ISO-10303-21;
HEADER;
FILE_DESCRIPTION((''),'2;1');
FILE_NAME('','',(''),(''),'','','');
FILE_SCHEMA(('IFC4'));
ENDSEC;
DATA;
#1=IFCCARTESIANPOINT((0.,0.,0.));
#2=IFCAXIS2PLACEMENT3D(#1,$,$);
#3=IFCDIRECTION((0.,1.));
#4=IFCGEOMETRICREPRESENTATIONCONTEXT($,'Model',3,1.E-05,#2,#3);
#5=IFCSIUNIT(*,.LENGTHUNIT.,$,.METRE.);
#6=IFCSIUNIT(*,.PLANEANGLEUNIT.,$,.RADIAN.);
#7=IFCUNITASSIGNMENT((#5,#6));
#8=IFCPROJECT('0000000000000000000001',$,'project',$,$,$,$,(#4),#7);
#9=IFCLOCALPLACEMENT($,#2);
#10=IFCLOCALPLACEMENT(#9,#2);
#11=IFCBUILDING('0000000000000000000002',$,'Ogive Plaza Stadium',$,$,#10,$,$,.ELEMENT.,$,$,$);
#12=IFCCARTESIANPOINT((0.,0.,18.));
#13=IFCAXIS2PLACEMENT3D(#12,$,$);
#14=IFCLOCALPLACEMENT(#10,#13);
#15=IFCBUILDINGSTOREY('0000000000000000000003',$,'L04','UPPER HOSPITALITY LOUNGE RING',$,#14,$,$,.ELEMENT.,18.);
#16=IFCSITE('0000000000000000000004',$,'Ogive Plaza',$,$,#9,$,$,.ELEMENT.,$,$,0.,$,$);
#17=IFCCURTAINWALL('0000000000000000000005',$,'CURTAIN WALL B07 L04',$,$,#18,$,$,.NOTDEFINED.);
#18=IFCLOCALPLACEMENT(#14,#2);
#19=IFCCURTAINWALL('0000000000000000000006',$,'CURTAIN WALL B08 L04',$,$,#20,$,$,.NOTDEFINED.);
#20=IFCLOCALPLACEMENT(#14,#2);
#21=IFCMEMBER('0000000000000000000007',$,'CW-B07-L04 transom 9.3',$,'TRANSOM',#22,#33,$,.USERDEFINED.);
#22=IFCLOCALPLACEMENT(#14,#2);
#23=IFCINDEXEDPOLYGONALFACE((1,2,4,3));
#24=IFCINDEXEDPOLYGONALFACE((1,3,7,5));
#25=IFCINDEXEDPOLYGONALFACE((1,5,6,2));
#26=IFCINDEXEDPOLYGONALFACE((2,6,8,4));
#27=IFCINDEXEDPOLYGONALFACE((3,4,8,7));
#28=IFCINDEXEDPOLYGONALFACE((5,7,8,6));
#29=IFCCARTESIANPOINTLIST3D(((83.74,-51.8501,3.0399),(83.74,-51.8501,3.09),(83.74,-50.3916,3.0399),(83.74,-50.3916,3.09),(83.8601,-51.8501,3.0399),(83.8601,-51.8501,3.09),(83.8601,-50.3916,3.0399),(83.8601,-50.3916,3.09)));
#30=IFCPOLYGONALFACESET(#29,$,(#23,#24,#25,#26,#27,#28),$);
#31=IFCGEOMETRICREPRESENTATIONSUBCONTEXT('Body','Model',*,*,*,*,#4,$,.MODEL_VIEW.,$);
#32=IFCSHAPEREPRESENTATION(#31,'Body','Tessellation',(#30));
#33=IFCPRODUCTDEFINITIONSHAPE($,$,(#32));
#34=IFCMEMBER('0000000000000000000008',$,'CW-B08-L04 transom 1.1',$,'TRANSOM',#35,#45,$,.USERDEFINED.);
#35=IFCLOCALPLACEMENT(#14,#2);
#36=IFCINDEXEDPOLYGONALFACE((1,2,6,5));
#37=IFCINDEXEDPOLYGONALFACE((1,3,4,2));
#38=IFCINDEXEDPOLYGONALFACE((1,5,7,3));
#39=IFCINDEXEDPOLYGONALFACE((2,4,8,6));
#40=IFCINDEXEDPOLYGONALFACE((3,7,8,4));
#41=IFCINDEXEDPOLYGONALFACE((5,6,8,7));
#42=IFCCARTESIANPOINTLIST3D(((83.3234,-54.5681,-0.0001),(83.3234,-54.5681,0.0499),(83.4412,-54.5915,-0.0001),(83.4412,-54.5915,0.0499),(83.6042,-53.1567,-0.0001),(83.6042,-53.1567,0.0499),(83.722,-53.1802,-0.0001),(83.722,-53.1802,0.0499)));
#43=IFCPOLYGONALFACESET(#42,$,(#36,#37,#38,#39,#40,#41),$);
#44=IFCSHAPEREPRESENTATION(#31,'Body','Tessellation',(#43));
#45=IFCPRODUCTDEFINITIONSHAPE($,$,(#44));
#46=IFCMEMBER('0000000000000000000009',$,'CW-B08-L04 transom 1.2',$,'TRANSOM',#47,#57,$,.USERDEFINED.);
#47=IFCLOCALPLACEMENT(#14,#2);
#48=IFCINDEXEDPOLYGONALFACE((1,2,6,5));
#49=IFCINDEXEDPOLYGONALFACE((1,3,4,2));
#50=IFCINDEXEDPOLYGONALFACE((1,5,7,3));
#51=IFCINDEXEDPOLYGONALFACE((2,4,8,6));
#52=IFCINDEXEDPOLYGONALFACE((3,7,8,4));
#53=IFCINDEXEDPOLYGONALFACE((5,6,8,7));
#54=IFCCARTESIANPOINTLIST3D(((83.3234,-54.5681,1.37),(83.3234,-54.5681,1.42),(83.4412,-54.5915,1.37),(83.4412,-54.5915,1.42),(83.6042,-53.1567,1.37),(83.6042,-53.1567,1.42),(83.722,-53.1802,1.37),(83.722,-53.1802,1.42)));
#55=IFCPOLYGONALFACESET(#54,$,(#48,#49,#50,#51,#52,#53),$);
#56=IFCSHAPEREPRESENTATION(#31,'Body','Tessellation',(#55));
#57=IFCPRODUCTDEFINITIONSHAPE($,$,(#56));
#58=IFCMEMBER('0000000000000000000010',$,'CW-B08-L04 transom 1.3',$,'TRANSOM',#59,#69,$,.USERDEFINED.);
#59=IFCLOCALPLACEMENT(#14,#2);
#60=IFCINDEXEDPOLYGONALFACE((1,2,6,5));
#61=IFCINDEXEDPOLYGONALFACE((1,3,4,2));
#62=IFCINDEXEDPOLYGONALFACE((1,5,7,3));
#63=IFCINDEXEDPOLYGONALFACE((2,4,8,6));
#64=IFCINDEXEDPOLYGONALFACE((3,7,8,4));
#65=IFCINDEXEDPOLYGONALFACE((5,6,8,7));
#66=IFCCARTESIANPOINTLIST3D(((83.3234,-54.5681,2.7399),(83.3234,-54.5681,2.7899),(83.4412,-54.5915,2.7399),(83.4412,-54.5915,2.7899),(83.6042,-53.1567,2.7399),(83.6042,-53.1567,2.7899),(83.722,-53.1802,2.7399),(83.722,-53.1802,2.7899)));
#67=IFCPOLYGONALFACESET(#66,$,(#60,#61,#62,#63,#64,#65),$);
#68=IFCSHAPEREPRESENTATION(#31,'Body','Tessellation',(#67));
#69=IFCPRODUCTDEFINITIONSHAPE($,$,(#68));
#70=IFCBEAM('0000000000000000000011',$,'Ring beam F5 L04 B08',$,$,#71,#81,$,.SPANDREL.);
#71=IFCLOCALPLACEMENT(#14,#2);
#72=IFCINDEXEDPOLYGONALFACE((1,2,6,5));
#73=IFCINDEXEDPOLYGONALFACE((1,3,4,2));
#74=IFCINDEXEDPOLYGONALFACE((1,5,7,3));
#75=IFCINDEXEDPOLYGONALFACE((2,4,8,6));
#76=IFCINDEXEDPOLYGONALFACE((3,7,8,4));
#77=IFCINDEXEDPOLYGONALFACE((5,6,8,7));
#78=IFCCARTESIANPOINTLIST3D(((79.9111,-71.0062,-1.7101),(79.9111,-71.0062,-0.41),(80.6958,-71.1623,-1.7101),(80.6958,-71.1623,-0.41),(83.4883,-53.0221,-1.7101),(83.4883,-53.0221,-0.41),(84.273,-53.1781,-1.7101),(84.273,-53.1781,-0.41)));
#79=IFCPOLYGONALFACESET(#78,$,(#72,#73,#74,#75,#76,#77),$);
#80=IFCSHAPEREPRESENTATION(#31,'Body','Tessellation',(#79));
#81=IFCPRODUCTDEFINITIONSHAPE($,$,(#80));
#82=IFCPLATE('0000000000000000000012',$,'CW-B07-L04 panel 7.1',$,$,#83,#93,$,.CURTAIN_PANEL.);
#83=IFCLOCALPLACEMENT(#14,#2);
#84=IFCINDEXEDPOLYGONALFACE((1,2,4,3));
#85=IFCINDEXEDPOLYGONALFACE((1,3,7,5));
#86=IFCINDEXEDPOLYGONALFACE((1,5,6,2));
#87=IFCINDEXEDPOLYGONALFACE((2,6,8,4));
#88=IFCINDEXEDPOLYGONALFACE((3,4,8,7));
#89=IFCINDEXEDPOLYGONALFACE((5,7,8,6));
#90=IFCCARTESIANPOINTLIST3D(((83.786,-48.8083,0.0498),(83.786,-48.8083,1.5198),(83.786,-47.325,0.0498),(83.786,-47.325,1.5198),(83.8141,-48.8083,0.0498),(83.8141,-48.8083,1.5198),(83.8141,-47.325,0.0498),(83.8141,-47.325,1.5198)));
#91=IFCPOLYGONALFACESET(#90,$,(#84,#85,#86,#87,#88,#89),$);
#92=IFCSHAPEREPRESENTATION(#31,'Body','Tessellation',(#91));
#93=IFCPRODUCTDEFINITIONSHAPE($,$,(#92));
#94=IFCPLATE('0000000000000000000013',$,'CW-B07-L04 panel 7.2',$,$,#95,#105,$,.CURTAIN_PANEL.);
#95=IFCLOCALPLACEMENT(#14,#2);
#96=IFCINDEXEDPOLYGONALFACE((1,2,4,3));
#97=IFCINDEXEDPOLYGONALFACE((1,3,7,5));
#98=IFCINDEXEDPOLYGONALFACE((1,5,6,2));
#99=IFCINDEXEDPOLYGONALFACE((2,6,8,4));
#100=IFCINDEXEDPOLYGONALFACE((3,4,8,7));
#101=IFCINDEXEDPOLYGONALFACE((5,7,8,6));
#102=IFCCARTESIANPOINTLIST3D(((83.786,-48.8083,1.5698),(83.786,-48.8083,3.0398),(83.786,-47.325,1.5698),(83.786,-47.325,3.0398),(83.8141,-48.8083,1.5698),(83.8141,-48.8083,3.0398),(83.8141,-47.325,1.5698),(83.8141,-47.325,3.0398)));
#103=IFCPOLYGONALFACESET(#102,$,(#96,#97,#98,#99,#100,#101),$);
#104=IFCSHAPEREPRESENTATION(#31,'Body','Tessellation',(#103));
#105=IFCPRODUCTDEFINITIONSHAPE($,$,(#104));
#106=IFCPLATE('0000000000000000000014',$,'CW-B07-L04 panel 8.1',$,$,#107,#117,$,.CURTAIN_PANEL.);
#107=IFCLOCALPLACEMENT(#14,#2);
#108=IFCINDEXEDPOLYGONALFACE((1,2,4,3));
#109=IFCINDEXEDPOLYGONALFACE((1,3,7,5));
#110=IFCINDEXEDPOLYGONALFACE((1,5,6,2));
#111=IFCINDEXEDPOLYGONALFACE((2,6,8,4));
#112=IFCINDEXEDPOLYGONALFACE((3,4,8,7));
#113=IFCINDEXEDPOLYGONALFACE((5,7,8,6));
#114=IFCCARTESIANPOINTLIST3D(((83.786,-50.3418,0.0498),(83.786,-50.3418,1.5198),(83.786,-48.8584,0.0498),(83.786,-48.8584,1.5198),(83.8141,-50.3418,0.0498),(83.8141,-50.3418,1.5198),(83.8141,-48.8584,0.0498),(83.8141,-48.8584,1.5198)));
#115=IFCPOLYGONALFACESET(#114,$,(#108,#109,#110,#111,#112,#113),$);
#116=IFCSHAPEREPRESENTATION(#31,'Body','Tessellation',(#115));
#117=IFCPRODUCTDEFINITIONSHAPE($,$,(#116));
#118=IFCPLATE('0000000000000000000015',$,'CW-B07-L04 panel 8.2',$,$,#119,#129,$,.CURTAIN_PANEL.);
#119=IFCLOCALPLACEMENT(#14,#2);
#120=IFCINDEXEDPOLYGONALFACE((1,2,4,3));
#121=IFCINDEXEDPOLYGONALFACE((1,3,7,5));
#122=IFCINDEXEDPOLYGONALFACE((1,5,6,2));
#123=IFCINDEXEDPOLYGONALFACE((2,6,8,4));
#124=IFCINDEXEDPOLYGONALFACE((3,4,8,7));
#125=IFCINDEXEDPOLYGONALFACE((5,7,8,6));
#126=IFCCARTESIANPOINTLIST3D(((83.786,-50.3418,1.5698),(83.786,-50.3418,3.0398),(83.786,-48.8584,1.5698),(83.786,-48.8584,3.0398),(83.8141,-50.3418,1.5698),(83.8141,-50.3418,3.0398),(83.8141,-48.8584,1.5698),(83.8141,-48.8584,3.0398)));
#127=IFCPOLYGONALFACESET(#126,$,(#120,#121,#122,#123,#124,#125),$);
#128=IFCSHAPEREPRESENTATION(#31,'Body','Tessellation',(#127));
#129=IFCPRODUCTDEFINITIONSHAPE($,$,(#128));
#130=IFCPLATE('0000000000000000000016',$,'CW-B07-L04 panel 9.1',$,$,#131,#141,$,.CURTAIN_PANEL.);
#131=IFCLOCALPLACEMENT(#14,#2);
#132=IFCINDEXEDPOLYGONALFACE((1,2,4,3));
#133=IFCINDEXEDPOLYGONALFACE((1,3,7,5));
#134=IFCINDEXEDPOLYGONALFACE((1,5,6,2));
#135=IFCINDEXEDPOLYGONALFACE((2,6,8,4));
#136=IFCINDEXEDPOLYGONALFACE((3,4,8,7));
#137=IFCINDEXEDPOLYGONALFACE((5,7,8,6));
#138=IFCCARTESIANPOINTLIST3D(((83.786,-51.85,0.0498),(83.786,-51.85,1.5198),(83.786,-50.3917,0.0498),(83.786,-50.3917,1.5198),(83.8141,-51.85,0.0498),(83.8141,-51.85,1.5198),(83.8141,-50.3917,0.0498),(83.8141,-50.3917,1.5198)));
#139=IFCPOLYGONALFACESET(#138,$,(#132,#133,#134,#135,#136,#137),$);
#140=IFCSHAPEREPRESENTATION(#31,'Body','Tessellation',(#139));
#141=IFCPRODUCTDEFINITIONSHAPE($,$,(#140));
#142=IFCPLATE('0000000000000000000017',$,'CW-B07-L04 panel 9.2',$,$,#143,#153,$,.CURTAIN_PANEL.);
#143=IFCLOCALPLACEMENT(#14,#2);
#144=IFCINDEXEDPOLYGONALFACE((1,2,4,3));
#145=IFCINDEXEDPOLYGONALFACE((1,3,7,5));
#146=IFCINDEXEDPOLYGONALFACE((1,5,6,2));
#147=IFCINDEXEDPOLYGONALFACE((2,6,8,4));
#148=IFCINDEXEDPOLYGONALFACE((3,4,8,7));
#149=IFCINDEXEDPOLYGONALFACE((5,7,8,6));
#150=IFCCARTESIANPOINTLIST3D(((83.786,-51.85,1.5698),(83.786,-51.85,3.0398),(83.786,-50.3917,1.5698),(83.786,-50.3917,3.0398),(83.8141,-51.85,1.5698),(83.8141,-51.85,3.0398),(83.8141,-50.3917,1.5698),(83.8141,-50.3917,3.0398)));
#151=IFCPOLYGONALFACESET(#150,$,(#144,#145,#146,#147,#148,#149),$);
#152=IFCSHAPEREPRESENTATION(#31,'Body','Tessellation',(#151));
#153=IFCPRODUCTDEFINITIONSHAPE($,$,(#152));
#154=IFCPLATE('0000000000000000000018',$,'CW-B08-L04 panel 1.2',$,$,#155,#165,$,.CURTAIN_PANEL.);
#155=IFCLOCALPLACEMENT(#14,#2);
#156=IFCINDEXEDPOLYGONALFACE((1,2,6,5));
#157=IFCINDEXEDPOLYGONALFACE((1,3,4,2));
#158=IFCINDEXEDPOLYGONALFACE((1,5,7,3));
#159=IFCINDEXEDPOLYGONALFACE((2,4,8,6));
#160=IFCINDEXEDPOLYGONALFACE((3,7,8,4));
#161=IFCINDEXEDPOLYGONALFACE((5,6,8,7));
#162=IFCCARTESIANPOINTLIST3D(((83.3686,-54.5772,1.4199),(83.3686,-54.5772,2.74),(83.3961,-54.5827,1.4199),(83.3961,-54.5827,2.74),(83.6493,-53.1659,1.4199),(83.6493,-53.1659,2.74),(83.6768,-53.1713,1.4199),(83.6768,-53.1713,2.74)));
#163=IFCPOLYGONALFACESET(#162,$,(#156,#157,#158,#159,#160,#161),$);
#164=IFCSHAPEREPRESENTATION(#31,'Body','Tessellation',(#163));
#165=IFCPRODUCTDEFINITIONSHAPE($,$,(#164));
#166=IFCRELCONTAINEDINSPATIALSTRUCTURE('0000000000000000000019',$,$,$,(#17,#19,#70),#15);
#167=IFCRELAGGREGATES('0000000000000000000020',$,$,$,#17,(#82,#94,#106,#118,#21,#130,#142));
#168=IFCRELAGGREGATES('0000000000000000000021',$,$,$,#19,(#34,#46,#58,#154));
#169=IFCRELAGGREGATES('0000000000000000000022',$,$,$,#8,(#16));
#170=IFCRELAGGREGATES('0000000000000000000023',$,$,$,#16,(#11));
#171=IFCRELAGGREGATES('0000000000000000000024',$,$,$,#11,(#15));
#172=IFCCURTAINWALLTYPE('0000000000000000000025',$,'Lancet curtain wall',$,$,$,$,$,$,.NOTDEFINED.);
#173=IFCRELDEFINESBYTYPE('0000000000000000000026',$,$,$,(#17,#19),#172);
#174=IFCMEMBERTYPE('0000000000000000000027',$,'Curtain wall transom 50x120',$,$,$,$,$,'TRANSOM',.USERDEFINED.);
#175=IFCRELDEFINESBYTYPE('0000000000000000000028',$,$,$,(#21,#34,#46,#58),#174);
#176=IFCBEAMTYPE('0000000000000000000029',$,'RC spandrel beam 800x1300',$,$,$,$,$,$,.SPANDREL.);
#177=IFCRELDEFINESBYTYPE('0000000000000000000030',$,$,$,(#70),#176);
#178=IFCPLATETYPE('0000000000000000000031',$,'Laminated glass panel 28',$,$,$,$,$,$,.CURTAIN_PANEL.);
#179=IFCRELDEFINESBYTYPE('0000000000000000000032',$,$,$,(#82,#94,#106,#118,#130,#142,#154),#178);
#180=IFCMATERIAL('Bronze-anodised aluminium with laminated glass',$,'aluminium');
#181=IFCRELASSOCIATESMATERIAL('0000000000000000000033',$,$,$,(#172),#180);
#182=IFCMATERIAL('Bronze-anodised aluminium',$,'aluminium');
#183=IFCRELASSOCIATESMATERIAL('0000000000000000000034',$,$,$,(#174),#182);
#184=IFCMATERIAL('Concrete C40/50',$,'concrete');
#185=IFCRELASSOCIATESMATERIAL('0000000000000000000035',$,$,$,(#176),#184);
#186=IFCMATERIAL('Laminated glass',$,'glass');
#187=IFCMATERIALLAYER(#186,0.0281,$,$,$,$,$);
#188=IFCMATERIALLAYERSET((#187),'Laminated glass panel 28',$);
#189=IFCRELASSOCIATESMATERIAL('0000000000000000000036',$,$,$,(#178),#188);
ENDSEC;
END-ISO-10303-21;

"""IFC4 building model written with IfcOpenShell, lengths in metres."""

from ifc_helpers import new_model, si_unit, direction, frame, origin, origin_2d, place, context, subcontext, project, spatial, rectangle, extrude, material, layer, layer_set, material_profile, profile_set, type_object, element, aggregate, save


model = new_model("IFC4")

# Units and contexts
model_context = context("Model", 3, precision=1e-05, world=origin(), true_north=direction((0.0, 1.0)))
body_context = subcontext(model_context, "Body", "Model", "MODEL_VIEW")
ifc_project = project(units=[si_unit("LENGTHUNIT", "METRE"), si_unit("PLANEANGLEUNIT", "RADIAN")], contexts=[model_context])

# Site, building, storey
site_placement = place(None, origin())
site = spatial("IfcSite", under=ifc_project, at=site_placement, Name="Ogive Plaza", CompositionType="ELEMENT", RefElevation=0.0)
building_placement = place(site_placement, origin())
building = spatial("IfcBuilding", under=site, at=building_placement, Name="Ogive Plaza Stadium", CompositionType="ELEMENT")
storey_placement = place(building_placement, frame((0.0, 0.0, 18.0)))
storey = spatial("IfcBuildingStorey", under=building, at=storey_placement, Name="L04", Description="UPPER HOSPITALITY LOUNGE RING", CompositionType="ELEMENT", Elevation=18.0)

# Curtain wall
ifc_material_1 = material(Name="Bronze-anodised aluminium with laminated glass", Category="aluminium")
curtain_wall_type = type_object("IfcCurtainWallType", Name="Lancet curtain wall", PredefinedType="NOTDEFINED", material=ifc_material_1)
curtain_wall_1_placement = place(storey_placement, origin())
curtain_wall_1 = element("IfcCurtainWall", 1, at=curtain_wall_1_placement, inside=storey, type_object=curtain_wall_type, Name="CURTAIN WALL B07 L04", PredefinedType="NOTDEFINED")

# Curtain wall
curtain_wall_2_placement = place(storey_placement, origin())
curtain_wall_2 = element("IfcCurtainWall", 2, at=curtain_wall_2_placement, inside=storey, type_object=curtain_wall_type, Name="CURTAIN WALL B08 L04", PredefinedType="NOTDEFINED")

# Members
ifc_material_2 = material(Name="Bronze-anodised aluminium", Category="aluminium")
ifc_material_profile_1 = material_profile(ifc_material_2, rectangle(XDim=0.1201, YDim=0.05, at=origin_2d()), Name="AL 120x50")
ifc_profile_set_1 = profile_set([ifc_material_profile_1], Name="Bronze-anodised aluminium")
member_type_1 = type_object("IfcMemberType", Name="Curtain wall transom 50x120", ElementType="TRANSOM", PredefinedType="USERDEFINED", material=ifc_profile_set_1)
member_1_placement = place(storey_placement, frame((83.8, -50.3916, 3.0649), z_axis=(0.0, -1.0, 0.0), x_axis=(1.0, 0.0, 0.0)))
member_1 = element("IfcMember", 3, at=member_1_placement, type_object=member_type_1, Name="CW-B07-L04 transom 9.3", ObjectType="TRANSOM", PredefinedType="USERDEFINED", context=body_context, shape_type="SweptSolid", body=[
    extrude(rectangle(XDim=0.1201, YDim=0.05, at=origin_2d()), origin(), (0.0, 0.0, 1.0), 1.4585),
])
member_2_placement = place(storey_placement, frame((83.6631, -53.1685, 0.0249), z_axis=(-0.195105, -0.980782, 0.0), x_axis=(0.980782, -0.195105, 0.0)))
member_2 = element("IfcMember", 4, at=member_2_placement, type_object=member_type_1, Name="CW-B08-L04 transom 1.1", ObjectType="TRANSOM", PredefinedType="USERDEFINED", context=body_context, shape_type="SweptSolid", body=[
    extrude(rectangle(XDim=0.1201, YDim=0.05, at=origin_2d()), origin(), (0.0, 0.0, 1.0), 1.439),
])
member_3_placement = place(storey_placement, frame((83.6631, -53.1685, 1.395), z_axis=(-0.195105, -0.980782, 0.0), x_axis=(0.980782, -0.195105, 0.0)))
member_3 = element("IfcMember", 5, at=member_3_placement, type_object=member_type_1, Name="CW-B08-L04 transom 1.2", ObjectType="TRANSOM", PredefinedType="USERDEFINED", context=body_context, shape_type="SweptSolid", body=[
    extrude(rectangle(XDim=0.1201, YDim=0.05, at=origin_2d()), origin(), (0.0, 0.0, 1.0), 1.439),
])
member_4_placement = place(storey_placement, frame((83.6631, -53.1685, 2.7649), z_axis=(-0.195105, -0.980782, 0.0), x_axis=(0.980782, -0.195105, 0.0)))
member_4 = element("IfcMember", 6, at=member_4_placement, type_object=member_type_1, Name="CW-B08-L04 transom 1.3", ObjectType="TRANSOM", PredefinedType="USERDEFINED", context=body_context, shape_type="SweptSolid", body=[
    extrude(rectangle(XDim=0.1201, YDim=0.05, at=origin_2d()), origin(), (0.0, 0.0, 1.0), 1.439),
])

# Beam
ifc_material_3 = material(Name="Concrete C40/50", Category="concrete")
ifc_material_profile_2 = material_profile(ifc_material_3, rectangle(XDim=0.8, YDim=1.3, at=origin_2d()), Name="RC 800x1300")
ifc_profile_set_2 = profile_set([ifc_material_profile_2], Name="Concrete C40/50")
beam_type = type_object("IfcBeamType", Name="RC spandrel beam 800x1300", PredefinedType="SPANDREL", material=ifc_profile_set_2)
beam_placement = place(storey_placement, frame((83.8806, -53.1001, -1.0601), z_axis=(-0.195084, -0.980787, 0.0), x_axis=(0.980787, -0.195084, 0.0)))
element("IfcBeam", 7, at=beam_placement, inside=storey, type_object=beam_type, Name="Ring beam F5 L04 B08", PredefinedType="SPANDREL", context=body_context, shape_type="SweptSolid", body=[
    extrude(rectangle(XDim=0.8, YDim=1.3, at=origin_2d()), origin(), (0.0, 0.0, 1.0), 18.3364),
])

# Plates
ifc_material_4 = material(Name="Laminated glass", Category="glass")
ifc_layer = layer(ifc_material_4, 0.0281)
ifc_layer_set = layer_set([ifc_layer], Name="Laminated glass panel 28")
plate_type = type_object("IfcPlateType", Name="Laminated glass panel 28", PredefinedType="CURTAIN_PANEL", material=ifc_layer_set)
plate_1_placement = place(storey_placement, frame((83.8, -48.0667, 0.0498), z_axis=(0.0, 0.0, 1.0), x_axis=(0.0, -1.0, 0.0)))
plate_1 = element("IfcPlate", 8, at=plate_1_placement, type_object=plate_type, Name="CW-B07-L04 panel 7.1", PredefinedType="CURTAIN_PANEL", context=body_context, shape_type="SweptSolid", body=[
    extrude(rectangle(XDim=1.4834, YDim=0.0281, at=origin_2d()), origin(), (0.0, 0.0, 1.0), 1.47),
])
plate_2_placement = place(storey_placement, frame((83.8, -48.0667, 1.5698), z_axis=(0.0, 0.0, 1.0), x_axis=(0.0, -1.0, 0.0)))
plate_2 = element("IfcPlate", 9, at=plate_2_placement, type_object=plate_type, Name="CW-B07-L04 panel 7.2", PredefinedType="CURTAIN_PANEL", context=body_context, shape_type="SweptSolid", body=[
    extrude(rectangle(XDim=1.4834, YDim=0.0281, at=origin_2d()), origin(), (0.0, 0.0, 1.0), 1.47),
])
plate_3_placement = place(storey_placement, frame((83.8, -49.6001, 0.0498), z_axis=(0.0, 0.0, 1.0), x_axis=(0.0, -1.0, 0.0)))
plate_3 = element("IfcPlate", 10, at=plate_3_placement, type_object=plate_type, Name="CW-B07-L04 panel 8.1", PredefinedType="CURTAIN_PANEL", context=body_context, shape_type="SweptSolid", body=[
    extrude(rectangle(XDim=1.4834, YDim=0.0281, at=origin_2d()), origin(), (0.0, 0.0, 1.0), 1.47),
])
plate_4_placement = place(storey_placement, frame((83.8, -49.6001, 1.5698), z_axis=(0.0, 0.0, 1.0), x_axis=(0.0, -1.0, 0.0)))
plate_4 = element("IfcPlate", 11, at=plate_4_placement, type_object=plate_type, Name="CW-B07-L04 panel 8.2", PredefinedType="CURTAIN_PANEL", context=body_context, shape_type="SweptSolid", body=[
    extrude(rectangle(XDim=1.4834, YDim=0.0281, at=origin_2d()), origin(), (0.0, 0.0, 1.0), 1.47),
])
plate_5_placement = place(storey_placement, frame((83.8, -51.1208, 0.0498), z_axis=(0.0, 0.0, 1.0), x_axis=(0.0, -1.0, 0.0)))
plate_5 = element("IfcPlate", 12, at=plate_5_placement, type_object=plate_type, Name="CW-B07-L04 panel 9.1", PredefinedType="CURTAIN_PANEL", context=body_context, shape_type="SweptSolid", body=[
    extrude(rectangle(XDim=1.4583, YDim=0.0281, at=origin_2d()), origin(), (0.0, 0.0, 1.0), 1.47),
])
plate_6_placement = place(storey_placement, frame((83.8, -51.1208, 1.5698), z_axis=(0.0, 0.0, 1.0), x_axis=(0.0, -1.0, 0.0)))
plate_6 = element("IfcPlate", 13, at=plate_6_placement, type_object=plate_type, Name="CW-B07-L04 panel 9.2", PredefinedType="CURTAIN_PANEL", context=body_context, shape_type="SweptSolid", body=[
    extrude(rectangle(XDim=1.4583, YDim=0.0281, at=origin_2d()), origin(), (0.0, 0.0, 1.0), 1.47),
])
aggregate(curtain_wall_1, [plate_1, plate_2, plate_3, plate_4, member_1, plate_5, plate_6])
plate_7_placement = place(storey_placement, frame((83.5227, -53.8743, 1.4199), z_axis=(0.0, 0.0, 1.0), x_axis=(-0.19509, -0.980785, 0.0)))
plate_7 = element("IfcPlate", 14, at=plate_7_placement, type_object=plate_type, Name="CW-B08-L04 panel 1.2", PredefinedType="CURTAIN_PANEL", context=body_context, shape_type="SweptSolid", body=[
    extrude(rectangle(XDim=1.439, YDim=0.0281, at=origin_2d()), origin(), (0.0, 0.0, 1.0), 1.3201),
])
aggregate(curtain_wall_2, [member_2, member_3, member_4, plate_7])

save(model, "model.ifc")
